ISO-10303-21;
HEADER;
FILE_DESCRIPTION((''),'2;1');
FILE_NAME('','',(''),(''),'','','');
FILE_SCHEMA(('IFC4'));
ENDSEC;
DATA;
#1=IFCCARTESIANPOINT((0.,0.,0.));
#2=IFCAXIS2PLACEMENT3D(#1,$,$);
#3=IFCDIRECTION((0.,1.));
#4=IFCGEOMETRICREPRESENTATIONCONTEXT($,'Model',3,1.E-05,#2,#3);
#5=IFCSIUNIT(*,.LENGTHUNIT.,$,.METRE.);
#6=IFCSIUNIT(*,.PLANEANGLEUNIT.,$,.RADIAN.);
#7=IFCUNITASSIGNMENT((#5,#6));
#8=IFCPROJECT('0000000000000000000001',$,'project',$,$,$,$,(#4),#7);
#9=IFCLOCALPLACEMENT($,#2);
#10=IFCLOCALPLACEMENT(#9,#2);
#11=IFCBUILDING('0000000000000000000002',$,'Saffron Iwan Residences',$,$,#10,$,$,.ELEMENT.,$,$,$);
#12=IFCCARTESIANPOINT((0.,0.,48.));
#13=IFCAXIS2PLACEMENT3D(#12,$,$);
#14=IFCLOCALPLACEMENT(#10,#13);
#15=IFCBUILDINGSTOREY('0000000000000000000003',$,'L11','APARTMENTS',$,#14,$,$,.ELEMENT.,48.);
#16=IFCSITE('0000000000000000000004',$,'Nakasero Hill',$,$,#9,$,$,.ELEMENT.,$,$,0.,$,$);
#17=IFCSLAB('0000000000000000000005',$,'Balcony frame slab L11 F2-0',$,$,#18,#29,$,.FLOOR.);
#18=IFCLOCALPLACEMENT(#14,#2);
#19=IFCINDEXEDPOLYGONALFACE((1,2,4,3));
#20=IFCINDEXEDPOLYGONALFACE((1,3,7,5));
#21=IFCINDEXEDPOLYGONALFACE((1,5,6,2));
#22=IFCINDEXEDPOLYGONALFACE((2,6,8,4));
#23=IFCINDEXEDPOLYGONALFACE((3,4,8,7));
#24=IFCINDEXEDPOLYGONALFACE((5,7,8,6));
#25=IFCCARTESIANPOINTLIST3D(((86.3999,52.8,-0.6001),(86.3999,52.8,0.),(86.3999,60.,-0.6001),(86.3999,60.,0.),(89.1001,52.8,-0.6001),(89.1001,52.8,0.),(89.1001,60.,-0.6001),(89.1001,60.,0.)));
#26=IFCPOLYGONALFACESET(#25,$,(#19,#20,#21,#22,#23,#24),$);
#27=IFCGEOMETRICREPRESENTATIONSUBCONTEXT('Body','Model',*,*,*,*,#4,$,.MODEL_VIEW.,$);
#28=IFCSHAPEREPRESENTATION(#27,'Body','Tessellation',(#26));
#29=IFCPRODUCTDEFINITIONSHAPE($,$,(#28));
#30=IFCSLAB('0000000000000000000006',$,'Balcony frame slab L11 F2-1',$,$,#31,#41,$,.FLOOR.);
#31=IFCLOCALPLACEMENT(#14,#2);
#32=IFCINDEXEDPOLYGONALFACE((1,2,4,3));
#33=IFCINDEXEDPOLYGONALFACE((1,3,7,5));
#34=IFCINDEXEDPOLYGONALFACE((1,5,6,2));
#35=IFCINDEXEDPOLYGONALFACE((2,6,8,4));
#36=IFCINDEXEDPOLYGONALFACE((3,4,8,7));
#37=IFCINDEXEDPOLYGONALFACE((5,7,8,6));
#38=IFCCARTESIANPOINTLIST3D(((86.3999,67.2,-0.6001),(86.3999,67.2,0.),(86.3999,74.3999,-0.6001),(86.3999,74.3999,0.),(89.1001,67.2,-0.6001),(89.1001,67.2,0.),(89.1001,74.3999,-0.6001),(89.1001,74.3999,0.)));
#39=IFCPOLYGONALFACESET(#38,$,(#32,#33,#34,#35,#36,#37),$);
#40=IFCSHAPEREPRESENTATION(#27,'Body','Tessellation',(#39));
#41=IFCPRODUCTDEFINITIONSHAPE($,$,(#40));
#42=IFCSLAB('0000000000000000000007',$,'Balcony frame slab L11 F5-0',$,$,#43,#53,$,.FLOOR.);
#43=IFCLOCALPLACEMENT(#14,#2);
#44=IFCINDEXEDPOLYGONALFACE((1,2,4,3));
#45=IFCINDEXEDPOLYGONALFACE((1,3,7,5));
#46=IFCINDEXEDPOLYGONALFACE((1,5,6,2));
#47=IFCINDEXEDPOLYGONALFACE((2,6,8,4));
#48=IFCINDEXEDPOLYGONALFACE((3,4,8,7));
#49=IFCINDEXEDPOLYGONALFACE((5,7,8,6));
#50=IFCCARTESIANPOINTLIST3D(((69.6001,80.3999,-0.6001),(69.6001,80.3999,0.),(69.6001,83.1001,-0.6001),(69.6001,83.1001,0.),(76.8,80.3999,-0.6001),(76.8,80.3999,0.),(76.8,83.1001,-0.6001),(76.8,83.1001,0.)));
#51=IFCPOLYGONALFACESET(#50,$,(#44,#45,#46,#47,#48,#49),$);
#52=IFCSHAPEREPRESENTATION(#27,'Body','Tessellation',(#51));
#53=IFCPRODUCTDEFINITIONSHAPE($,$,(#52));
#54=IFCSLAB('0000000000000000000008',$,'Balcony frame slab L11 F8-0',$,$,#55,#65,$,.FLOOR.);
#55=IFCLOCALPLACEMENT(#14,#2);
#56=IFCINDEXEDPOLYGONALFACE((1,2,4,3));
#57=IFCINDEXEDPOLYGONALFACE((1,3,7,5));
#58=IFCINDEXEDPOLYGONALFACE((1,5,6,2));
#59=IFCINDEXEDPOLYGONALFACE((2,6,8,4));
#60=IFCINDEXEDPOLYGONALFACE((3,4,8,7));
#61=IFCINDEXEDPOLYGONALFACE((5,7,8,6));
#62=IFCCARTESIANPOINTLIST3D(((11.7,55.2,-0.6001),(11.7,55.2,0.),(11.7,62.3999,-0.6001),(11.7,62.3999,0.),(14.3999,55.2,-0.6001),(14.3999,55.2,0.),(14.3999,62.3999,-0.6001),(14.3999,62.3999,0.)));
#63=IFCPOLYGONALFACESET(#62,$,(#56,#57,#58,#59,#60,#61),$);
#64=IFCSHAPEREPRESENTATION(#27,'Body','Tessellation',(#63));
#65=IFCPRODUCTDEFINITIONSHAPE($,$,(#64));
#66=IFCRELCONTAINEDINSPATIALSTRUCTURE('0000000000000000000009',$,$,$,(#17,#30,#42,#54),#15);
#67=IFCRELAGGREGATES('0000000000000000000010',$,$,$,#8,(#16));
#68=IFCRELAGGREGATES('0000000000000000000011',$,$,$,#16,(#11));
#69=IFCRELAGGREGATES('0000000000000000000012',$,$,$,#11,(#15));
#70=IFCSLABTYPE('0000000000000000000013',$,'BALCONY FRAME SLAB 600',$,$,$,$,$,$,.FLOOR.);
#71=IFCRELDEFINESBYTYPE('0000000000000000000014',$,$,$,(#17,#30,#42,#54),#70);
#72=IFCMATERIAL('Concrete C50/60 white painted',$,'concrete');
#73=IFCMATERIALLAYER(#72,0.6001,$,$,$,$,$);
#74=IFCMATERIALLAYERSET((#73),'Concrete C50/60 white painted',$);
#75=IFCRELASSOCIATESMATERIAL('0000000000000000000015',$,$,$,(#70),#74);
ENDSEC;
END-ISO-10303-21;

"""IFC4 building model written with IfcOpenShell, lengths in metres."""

from ifc_helpers import new_model, si_unit, direction, frame, origin, place, context, subcontext, project, spatial, polyline, outline, extrude, material, layer, layer_set, type_object, element, save


model = new_model("IFC4")

# Units and contexts
model_context = context("Model", 3, precision=1e-05, world=origin(), true_north=direction((0.0, 1.0)))
body_context = subcontext(model_context, "Body", "Model", "MODEL_VIEW")
ifc_project = project(units=[si_unit("LENGTHUNIT", "METRE"), si_unit("PLANEANGLEUNIT", "RADIAN")], contexts=[model_context])

# Site, building, storey
site_placement = place(None, origin())
site = spatial("IfcSite", under=ifc_project, at=site_placement, Name="Nakasero Hill", CompositionType="ELEMENT", RefElevation=0.0)
building_placement = place(site_placement, origin())
building = spatial("IfcBuilding", under=site, at=building_placement, Name="Saffron Iwan Residences", CompositionType="ELEMENT")
storey_placement = place(building_placement, frame((0.0, 0.0, 48.0)))
storey = spatial("IfcBuildingStorey", under=building, at=storey_placement, Name="L11", Description="APARTMENTS", CompositionType="ELEMENT", Elevation=48.0)

# Slabs
ifc_material_1 = material(Name="Concrete C50/60 white painted", Category="concrete")
ifc_layer_1 = layer(ifc_material_1, 0.6001)
ifc_layer_set_1 = layer_set([ifc_layer_1], Name="Concrete C50/60 white painted")
slab_type_1 = type_object("IfcSlabType", Name="BALCONY FRAME SLAB 600", PredefinedType="FLOOR", material=ifc_layer_set_1)
slab_1_placement = place(storey_placement, frame((0.0, 0.0, -0.6001)))
element("IfcSlab", 1, at=slab_1_placement, inside=storey, type_object=slab_type_1, Name="Balcony frame slab L11 F2-0", PredefinedType="FLOOR", context=body_context, shape_type="SweptSolid", body=[
    extrude(outline(polyline([(89.1001, 52.8), (89.1001, 60.0), (86.3999, 60.0), (86.3999, 52.8), (89.1001, 52.8)])), origin(), (0.0, 0.0, 1.0), 0.6001),
])
slab_2_placement = place(storey_placement, frame((0.0, 0.0, -0.6001)))
element("IfcSlab", 2, at=slab_2_placement, inside=storey, type_object=slab_type_1, Name="Balcony frame slab L11 F2-1", PredefinedType="FLOOR", context=body_context, shape_type="SweptSolid", body=[
    extrude(outline(polyline([(89.1001, 67.2), (89.1001, 74.3999), (86.3999, 74.3999), (86.3999, 67.2), (89.1001, 67.2)])), origin(), (0.0, 0.0, 1.0), 0.6001),
])
slab_3_placement = place(storey_placement, frame((0.0, 0.0, -0.6001)))
element("IfcSlab", 3, at=slab_3_placement, inside=storey, type_object=slab_type_1, Name="Balcony frame slab L11 F5-0", PredefinedType="FLOOR", context=body_context, shape_type="SweptSolid", body=[
    extrude(outline(polyline([(76.8, 83.1001), (69.6001, 83.1001), (69.6001, 80.3999), (76.8, 80.3999), (76.8, 83.1001)])), origin(), (0.0, 0.0, 1.0), 0.6001),
])
slab_4_placement = place(storey_placement, frame((0.0, 0.0, -0.6001)))
element("IfcSlab", 4, at=slab_4_placement, inside=storey, type_object=slab_type_1, Name="Balcony frame slab L11 F8-0", PredefinedType="FLOOR", context=body_context, shape_type="SweptSolid", body=[
    extrude(outline(polyline([(11.7, 62.3999), (11.7, 55.2), (14.3999, 55.2), (14.3999, 62.3999), (11.7, 62.3999)])), origin(), (0.0, 0.0, 1.0), 0.6001),
])

save(model, "model.ifc")
